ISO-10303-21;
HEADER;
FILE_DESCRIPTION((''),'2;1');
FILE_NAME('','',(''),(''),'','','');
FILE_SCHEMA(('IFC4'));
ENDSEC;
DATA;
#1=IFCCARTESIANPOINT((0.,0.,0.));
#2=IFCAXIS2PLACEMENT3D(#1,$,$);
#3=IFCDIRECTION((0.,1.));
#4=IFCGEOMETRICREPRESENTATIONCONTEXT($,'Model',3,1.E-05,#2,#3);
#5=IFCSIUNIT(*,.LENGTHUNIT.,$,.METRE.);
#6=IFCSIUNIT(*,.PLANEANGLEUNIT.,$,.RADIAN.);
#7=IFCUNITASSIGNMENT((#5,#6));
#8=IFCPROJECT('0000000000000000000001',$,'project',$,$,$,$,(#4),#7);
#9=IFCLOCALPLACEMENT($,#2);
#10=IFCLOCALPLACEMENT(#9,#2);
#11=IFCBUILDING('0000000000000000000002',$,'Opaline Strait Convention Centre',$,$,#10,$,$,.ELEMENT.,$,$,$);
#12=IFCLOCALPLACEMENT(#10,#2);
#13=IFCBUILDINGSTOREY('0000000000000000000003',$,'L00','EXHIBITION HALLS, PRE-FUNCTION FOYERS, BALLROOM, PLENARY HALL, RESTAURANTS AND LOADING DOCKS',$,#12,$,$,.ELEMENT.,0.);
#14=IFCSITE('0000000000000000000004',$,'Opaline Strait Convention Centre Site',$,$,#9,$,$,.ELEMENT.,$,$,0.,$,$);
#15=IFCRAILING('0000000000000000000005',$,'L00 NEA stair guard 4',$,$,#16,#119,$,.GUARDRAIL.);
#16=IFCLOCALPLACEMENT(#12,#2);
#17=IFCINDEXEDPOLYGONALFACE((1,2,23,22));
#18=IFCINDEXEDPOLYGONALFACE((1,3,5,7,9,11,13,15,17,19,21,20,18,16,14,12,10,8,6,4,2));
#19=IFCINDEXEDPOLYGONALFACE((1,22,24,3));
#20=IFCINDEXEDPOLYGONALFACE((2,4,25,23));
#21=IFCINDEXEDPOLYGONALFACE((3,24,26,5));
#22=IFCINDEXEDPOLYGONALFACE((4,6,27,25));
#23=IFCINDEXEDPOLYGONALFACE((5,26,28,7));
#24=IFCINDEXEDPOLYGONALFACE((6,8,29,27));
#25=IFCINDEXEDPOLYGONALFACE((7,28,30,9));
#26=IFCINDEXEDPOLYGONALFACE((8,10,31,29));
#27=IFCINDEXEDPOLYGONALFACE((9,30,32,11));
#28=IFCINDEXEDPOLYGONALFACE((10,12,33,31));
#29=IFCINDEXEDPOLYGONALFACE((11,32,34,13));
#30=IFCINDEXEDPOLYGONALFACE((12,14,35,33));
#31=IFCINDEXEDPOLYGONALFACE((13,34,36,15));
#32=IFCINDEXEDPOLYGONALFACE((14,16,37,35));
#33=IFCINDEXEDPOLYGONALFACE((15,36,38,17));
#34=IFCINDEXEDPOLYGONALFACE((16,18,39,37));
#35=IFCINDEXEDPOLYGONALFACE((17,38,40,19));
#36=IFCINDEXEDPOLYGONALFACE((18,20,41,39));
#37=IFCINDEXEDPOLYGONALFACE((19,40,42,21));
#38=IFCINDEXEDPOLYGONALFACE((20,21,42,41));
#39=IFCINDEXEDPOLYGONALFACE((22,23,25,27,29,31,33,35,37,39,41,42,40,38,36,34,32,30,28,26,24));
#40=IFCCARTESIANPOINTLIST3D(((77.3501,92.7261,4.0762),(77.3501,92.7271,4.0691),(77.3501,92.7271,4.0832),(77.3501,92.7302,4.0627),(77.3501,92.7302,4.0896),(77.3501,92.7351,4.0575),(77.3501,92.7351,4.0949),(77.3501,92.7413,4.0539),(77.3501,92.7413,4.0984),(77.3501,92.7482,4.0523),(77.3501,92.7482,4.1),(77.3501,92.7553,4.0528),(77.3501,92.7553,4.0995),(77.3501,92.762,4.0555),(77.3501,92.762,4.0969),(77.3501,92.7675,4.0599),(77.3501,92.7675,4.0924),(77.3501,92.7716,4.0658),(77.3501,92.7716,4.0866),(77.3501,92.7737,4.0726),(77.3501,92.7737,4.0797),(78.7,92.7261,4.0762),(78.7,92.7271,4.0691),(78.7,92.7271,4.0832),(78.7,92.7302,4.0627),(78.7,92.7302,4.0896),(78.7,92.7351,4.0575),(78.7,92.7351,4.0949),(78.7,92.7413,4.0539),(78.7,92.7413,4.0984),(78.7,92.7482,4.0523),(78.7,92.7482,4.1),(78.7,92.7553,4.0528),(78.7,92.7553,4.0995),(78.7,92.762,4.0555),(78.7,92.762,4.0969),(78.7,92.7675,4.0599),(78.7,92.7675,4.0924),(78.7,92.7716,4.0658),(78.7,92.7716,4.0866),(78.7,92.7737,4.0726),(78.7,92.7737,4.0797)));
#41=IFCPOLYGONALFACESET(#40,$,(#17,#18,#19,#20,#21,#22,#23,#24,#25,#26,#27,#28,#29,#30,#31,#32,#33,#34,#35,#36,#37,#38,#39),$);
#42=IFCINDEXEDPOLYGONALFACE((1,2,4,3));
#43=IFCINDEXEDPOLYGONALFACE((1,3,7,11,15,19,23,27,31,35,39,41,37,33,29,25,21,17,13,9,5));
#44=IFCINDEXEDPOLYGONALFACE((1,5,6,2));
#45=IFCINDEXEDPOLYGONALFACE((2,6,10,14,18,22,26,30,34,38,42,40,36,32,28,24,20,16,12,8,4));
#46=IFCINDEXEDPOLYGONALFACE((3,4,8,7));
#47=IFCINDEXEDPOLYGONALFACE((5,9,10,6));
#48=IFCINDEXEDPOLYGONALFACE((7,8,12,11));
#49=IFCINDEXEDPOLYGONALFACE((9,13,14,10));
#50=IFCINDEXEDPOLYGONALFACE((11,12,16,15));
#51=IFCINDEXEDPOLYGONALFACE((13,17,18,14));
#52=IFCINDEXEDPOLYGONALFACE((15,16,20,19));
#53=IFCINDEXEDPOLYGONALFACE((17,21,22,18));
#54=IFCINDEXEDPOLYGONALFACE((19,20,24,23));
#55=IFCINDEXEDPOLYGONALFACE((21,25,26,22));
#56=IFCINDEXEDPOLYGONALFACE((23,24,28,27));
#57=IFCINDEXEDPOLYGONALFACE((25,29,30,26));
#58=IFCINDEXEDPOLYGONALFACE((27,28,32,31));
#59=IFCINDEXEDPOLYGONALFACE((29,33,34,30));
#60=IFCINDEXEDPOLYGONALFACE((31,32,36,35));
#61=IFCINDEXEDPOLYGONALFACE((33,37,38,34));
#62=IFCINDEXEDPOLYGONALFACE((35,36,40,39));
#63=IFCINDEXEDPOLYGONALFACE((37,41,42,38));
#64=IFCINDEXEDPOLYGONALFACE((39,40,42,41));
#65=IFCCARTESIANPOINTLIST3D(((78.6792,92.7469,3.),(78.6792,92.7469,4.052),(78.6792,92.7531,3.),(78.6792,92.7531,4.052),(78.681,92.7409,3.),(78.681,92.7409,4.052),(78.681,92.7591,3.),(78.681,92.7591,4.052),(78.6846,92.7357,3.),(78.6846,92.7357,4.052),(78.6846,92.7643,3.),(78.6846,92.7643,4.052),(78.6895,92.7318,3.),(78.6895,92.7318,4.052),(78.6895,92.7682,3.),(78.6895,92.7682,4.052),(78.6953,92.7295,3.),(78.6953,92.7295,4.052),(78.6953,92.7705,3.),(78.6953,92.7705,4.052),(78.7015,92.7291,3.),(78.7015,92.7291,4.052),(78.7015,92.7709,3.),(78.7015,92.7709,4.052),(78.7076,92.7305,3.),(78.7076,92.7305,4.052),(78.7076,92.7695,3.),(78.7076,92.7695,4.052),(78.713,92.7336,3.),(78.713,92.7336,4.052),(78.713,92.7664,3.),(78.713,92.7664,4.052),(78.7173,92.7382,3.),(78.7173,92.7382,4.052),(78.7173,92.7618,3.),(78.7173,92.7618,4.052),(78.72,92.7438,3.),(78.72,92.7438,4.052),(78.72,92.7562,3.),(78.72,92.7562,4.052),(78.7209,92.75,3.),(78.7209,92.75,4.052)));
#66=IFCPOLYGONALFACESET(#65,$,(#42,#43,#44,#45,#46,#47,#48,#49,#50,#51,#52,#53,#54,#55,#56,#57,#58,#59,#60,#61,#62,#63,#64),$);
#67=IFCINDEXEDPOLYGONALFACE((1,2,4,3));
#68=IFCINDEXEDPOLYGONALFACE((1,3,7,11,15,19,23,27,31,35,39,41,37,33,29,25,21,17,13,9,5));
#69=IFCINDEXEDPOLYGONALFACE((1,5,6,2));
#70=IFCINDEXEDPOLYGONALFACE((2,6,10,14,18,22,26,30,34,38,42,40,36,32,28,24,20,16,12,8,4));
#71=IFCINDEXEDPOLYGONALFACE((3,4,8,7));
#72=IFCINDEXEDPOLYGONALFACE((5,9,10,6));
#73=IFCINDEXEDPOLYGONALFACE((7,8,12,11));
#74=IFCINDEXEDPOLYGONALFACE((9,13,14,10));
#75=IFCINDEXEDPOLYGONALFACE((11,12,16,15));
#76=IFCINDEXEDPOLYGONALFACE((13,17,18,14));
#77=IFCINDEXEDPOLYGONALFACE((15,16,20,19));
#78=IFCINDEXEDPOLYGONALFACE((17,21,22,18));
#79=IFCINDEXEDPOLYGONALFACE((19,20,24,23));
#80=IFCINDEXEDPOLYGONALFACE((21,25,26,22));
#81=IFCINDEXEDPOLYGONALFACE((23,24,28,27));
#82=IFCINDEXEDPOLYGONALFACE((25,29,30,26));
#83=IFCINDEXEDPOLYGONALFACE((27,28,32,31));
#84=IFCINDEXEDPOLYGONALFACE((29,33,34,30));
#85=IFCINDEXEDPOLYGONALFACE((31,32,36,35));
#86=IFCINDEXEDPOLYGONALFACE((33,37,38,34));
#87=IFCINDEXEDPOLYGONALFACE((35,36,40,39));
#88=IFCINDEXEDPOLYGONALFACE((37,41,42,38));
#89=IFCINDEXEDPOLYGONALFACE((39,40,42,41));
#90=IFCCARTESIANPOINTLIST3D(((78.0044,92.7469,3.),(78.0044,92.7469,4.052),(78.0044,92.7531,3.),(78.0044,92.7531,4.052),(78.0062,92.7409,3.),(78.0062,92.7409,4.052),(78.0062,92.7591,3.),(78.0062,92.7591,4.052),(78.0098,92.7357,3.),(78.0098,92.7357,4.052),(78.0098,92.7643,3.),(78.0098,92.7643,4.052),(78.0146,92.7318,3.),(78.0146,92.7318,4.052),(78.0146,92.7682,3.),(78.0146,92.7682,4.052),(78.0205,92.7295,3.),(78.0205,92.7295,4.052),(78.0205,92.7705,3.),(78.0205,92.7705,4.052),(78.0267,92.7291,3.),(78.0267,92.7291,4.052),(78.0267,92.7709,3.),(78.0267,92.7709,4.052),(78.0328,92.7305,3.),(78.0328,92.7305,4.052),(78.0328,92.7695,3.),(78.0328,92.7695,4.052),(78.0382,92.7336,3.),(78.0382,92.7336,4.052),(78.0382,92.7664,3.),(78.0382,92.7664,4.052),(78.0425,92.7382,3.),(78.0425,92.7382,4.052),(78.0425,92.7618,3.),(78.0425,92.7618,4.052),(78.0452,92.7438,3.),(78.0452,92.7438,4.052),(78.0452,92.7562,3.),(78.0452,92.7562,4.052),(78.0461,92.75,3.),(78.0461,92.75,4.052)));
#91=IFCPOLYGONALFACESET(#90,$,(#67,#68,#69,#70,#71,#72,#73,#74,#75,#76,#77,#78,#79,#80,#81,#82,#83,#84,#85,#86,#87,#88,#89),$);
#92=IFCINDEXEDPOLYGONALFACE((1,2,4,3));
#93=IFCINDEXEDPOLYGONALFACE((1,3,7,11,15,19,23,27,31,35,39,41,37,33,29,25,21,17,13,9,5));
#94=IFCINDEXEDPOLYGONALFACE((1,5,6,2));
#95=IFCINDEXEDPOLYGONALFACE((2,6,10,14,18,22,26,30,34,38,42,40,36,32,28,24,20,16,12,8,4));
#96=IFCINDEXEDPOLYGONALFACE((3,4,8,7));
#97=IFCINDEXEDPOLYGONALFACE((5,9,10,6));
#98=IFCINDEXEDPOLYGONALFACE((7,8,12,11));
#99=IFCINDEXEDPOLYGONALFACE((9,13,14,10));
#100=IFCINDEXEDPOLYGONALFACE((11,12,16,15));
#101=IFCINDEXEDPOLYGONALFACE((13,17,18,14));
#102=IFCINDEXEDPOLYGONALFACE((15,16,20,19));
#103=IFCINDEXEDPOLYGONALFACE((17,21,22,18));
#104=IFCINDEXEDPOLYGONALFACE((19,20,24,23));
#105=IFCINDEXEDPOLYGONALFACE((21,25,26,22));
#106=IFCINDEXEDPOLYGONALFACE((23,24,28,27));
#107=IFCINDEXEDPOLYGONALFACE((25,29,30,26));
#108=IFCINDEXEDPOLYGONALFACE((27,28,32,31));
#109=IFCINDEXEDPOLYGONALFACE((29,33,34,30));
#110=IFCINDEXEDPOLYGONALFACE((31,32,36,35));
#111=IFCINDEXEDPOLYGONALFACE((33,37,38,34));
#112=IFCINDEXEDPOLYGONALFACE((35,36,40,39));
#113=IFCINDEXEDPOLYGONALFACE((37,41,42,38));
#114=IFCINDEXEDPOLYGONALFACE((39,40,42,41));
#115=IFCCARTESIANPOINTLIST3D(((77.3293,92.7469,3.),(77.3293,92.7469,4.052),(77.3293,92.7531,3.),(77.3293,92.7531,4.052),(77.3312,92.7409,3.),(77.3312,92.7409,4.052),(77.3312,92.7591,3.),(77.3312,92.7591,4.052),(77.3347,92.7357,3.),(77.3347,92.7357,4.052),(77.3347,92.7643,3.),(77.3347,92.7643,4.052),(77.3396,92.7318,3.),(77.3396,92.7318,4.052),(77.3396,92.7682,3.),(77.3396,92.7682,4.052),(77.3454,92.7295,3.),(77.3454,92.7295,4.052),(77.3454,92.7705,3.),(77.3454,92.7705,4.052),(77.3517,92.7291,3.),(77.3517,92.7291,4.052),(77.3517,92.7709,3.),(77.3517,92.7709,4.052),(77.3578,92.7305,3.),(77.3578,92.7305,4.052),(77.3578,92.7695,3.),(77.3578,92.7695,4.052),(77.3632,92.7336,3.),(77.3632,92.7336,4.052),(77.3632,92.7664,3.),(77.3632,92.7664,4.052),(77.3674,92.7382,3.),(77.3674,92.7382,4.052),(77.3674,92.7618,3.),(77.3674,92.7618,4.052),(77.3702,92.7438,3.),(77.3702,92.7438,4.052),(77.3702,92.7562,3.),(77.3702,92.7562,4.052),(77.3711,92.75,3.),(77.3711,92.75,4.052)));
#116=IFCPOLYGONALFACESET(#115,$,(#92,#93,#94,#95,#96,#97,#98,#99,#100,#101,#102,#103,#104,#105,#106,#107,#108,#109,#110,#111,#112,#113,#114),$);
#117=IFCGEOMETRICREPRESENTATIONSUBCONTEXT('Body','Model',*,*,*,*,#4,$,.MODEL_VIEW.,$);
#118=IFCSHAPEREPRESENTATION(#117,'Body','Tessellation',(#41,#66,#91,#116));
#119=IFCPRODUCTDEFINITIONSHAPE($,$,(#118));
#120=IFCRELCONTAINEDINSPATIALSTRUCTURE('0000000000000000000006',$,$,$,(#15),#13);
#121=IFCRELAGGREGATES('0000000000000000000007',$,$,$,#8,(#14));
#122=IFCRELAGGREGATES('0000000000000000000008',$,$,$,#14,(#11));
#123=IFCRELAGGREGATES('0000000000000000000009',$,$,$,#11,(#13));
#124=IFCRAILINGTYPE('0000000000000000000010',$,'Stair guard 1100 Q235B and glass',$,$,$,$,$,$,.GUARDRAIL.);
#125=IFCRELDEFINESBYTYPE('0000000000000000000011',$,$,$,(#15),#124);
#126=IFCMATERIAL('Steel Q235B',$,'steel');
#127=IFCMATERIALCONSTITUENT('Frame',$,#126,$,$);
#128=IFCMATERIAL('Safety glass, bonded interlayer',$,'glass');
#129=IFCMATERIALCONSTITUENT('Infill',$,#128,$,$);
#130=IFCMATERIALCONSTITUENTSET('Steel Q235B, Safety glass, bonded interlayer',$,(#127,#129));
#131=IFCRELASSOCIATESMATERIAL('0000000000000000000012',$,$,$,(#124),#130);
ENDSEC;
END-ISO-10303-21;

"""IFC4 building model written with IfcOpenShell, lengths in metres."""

from ifc_helpers import new_model, si_unit, direction, frame, origin, origin_2d, place, context, subcontext, project, spatial, circle, extrude, material, constituent, constituent_set, type_object, element, save


model = new_model("IFC4")

# Units and contexts
model_context = context("Model", 3, precision=1e-05, world=origin(), true_north=direction((0.0, 1.0)))
body_context = subcontext(model_context, "Body", "Model", "MODEL_VIEW")
ifc_project = project(units=[si_unit("LENGTHUNIT", "METRE"), si_unit("PLANEANGLEUNIT", "RADIAN")], contexts=[model_context])

# Site, building, storey
site_placement = place(None, origin())
site = spatial("IfcSite", under=ifc_project, at=site_placement, Name="Opaline Strait Convention Centre Site", CompositionType="ELEMENT", RefElevation=0.0)
building_placement = place(site_placement, origin())
building = spatial("IfcBuilding", under=site, at=building_placement, Name="Opaline Strait Convention Centre", CompositionType="ELEMENT")
storey_placement = place(building_placement, origin())
storey = spatial("IfcBuildingStorey", under=building, at=storey_placement, Name="L00", Description="EXHIBITION HALLS, PRE-FUNCTION FOYERS, BALLROOM, PLENARY HALL, RESTAURANTS AND LOADING DOCKS", CompositionType="ELEMENT", Elevation=0.0)

# Railing
ifc_material_1 = material(Name="Steel Q235B", Category="steel")
ifc_constituent_1 = constituent(ifc_material_1, Name="Frame")
ifc_material_2 = material(Name="Safety glass, bonded interlayer", Category="glass")
ifc_constituent_2 = constituent(ifc_material_2, Name="Infill")
ifc_constituent_set = constituent_set(constituents=[ifc_constituent_1, ifc_constituent_2], Name="Steel Q235B, Safety glass, bonded interlayer")
railing_type_1 = type_object("IfcRailingType", Name="Stair guard 1100 Q235B and glass", PredefinedType="GUARDRAIL", material=ifc_constituent_set)
railing_1_placement = place(storey_placement, frame((78.7, 92.75, 3.0)))
element("IfcRailing", 1, at=railing_1_placement, inside=storey, type_object=railing_type_1, Name="L00 NEA stair guard 4", PredefinedType="GUARDRAIL", context=body_context, shape_type="SweptSolid", body=[
    extrude(circle(Radius=0.0239, at=origin_2d()), frame((0.0, 0.0, 1.0762), z_axis=(-1.0, 0.0, 0.0), x_axis=(0.0, -1.0, 0.0)), (0.0, 0.0, 1.0), 1.3499),
    extrude(circle(Radius=0.021, at=origin_2d()), origin(), (0.0, 0.0, 1.0), 1.052),
    extrude(circle(Radius=0.021, at=origin_2d()), frame((-0.6748, 0.0, 0.0)), (0.0, 0.0, 1.0), 1.052),
    extrude(circle(Radius=0.021, at=origin_2d()), frame((-1.3499, 0.0, 0.0)), (0.0, 0.0, 1.0), 1.052),
])

save(model, "model.ifc")
